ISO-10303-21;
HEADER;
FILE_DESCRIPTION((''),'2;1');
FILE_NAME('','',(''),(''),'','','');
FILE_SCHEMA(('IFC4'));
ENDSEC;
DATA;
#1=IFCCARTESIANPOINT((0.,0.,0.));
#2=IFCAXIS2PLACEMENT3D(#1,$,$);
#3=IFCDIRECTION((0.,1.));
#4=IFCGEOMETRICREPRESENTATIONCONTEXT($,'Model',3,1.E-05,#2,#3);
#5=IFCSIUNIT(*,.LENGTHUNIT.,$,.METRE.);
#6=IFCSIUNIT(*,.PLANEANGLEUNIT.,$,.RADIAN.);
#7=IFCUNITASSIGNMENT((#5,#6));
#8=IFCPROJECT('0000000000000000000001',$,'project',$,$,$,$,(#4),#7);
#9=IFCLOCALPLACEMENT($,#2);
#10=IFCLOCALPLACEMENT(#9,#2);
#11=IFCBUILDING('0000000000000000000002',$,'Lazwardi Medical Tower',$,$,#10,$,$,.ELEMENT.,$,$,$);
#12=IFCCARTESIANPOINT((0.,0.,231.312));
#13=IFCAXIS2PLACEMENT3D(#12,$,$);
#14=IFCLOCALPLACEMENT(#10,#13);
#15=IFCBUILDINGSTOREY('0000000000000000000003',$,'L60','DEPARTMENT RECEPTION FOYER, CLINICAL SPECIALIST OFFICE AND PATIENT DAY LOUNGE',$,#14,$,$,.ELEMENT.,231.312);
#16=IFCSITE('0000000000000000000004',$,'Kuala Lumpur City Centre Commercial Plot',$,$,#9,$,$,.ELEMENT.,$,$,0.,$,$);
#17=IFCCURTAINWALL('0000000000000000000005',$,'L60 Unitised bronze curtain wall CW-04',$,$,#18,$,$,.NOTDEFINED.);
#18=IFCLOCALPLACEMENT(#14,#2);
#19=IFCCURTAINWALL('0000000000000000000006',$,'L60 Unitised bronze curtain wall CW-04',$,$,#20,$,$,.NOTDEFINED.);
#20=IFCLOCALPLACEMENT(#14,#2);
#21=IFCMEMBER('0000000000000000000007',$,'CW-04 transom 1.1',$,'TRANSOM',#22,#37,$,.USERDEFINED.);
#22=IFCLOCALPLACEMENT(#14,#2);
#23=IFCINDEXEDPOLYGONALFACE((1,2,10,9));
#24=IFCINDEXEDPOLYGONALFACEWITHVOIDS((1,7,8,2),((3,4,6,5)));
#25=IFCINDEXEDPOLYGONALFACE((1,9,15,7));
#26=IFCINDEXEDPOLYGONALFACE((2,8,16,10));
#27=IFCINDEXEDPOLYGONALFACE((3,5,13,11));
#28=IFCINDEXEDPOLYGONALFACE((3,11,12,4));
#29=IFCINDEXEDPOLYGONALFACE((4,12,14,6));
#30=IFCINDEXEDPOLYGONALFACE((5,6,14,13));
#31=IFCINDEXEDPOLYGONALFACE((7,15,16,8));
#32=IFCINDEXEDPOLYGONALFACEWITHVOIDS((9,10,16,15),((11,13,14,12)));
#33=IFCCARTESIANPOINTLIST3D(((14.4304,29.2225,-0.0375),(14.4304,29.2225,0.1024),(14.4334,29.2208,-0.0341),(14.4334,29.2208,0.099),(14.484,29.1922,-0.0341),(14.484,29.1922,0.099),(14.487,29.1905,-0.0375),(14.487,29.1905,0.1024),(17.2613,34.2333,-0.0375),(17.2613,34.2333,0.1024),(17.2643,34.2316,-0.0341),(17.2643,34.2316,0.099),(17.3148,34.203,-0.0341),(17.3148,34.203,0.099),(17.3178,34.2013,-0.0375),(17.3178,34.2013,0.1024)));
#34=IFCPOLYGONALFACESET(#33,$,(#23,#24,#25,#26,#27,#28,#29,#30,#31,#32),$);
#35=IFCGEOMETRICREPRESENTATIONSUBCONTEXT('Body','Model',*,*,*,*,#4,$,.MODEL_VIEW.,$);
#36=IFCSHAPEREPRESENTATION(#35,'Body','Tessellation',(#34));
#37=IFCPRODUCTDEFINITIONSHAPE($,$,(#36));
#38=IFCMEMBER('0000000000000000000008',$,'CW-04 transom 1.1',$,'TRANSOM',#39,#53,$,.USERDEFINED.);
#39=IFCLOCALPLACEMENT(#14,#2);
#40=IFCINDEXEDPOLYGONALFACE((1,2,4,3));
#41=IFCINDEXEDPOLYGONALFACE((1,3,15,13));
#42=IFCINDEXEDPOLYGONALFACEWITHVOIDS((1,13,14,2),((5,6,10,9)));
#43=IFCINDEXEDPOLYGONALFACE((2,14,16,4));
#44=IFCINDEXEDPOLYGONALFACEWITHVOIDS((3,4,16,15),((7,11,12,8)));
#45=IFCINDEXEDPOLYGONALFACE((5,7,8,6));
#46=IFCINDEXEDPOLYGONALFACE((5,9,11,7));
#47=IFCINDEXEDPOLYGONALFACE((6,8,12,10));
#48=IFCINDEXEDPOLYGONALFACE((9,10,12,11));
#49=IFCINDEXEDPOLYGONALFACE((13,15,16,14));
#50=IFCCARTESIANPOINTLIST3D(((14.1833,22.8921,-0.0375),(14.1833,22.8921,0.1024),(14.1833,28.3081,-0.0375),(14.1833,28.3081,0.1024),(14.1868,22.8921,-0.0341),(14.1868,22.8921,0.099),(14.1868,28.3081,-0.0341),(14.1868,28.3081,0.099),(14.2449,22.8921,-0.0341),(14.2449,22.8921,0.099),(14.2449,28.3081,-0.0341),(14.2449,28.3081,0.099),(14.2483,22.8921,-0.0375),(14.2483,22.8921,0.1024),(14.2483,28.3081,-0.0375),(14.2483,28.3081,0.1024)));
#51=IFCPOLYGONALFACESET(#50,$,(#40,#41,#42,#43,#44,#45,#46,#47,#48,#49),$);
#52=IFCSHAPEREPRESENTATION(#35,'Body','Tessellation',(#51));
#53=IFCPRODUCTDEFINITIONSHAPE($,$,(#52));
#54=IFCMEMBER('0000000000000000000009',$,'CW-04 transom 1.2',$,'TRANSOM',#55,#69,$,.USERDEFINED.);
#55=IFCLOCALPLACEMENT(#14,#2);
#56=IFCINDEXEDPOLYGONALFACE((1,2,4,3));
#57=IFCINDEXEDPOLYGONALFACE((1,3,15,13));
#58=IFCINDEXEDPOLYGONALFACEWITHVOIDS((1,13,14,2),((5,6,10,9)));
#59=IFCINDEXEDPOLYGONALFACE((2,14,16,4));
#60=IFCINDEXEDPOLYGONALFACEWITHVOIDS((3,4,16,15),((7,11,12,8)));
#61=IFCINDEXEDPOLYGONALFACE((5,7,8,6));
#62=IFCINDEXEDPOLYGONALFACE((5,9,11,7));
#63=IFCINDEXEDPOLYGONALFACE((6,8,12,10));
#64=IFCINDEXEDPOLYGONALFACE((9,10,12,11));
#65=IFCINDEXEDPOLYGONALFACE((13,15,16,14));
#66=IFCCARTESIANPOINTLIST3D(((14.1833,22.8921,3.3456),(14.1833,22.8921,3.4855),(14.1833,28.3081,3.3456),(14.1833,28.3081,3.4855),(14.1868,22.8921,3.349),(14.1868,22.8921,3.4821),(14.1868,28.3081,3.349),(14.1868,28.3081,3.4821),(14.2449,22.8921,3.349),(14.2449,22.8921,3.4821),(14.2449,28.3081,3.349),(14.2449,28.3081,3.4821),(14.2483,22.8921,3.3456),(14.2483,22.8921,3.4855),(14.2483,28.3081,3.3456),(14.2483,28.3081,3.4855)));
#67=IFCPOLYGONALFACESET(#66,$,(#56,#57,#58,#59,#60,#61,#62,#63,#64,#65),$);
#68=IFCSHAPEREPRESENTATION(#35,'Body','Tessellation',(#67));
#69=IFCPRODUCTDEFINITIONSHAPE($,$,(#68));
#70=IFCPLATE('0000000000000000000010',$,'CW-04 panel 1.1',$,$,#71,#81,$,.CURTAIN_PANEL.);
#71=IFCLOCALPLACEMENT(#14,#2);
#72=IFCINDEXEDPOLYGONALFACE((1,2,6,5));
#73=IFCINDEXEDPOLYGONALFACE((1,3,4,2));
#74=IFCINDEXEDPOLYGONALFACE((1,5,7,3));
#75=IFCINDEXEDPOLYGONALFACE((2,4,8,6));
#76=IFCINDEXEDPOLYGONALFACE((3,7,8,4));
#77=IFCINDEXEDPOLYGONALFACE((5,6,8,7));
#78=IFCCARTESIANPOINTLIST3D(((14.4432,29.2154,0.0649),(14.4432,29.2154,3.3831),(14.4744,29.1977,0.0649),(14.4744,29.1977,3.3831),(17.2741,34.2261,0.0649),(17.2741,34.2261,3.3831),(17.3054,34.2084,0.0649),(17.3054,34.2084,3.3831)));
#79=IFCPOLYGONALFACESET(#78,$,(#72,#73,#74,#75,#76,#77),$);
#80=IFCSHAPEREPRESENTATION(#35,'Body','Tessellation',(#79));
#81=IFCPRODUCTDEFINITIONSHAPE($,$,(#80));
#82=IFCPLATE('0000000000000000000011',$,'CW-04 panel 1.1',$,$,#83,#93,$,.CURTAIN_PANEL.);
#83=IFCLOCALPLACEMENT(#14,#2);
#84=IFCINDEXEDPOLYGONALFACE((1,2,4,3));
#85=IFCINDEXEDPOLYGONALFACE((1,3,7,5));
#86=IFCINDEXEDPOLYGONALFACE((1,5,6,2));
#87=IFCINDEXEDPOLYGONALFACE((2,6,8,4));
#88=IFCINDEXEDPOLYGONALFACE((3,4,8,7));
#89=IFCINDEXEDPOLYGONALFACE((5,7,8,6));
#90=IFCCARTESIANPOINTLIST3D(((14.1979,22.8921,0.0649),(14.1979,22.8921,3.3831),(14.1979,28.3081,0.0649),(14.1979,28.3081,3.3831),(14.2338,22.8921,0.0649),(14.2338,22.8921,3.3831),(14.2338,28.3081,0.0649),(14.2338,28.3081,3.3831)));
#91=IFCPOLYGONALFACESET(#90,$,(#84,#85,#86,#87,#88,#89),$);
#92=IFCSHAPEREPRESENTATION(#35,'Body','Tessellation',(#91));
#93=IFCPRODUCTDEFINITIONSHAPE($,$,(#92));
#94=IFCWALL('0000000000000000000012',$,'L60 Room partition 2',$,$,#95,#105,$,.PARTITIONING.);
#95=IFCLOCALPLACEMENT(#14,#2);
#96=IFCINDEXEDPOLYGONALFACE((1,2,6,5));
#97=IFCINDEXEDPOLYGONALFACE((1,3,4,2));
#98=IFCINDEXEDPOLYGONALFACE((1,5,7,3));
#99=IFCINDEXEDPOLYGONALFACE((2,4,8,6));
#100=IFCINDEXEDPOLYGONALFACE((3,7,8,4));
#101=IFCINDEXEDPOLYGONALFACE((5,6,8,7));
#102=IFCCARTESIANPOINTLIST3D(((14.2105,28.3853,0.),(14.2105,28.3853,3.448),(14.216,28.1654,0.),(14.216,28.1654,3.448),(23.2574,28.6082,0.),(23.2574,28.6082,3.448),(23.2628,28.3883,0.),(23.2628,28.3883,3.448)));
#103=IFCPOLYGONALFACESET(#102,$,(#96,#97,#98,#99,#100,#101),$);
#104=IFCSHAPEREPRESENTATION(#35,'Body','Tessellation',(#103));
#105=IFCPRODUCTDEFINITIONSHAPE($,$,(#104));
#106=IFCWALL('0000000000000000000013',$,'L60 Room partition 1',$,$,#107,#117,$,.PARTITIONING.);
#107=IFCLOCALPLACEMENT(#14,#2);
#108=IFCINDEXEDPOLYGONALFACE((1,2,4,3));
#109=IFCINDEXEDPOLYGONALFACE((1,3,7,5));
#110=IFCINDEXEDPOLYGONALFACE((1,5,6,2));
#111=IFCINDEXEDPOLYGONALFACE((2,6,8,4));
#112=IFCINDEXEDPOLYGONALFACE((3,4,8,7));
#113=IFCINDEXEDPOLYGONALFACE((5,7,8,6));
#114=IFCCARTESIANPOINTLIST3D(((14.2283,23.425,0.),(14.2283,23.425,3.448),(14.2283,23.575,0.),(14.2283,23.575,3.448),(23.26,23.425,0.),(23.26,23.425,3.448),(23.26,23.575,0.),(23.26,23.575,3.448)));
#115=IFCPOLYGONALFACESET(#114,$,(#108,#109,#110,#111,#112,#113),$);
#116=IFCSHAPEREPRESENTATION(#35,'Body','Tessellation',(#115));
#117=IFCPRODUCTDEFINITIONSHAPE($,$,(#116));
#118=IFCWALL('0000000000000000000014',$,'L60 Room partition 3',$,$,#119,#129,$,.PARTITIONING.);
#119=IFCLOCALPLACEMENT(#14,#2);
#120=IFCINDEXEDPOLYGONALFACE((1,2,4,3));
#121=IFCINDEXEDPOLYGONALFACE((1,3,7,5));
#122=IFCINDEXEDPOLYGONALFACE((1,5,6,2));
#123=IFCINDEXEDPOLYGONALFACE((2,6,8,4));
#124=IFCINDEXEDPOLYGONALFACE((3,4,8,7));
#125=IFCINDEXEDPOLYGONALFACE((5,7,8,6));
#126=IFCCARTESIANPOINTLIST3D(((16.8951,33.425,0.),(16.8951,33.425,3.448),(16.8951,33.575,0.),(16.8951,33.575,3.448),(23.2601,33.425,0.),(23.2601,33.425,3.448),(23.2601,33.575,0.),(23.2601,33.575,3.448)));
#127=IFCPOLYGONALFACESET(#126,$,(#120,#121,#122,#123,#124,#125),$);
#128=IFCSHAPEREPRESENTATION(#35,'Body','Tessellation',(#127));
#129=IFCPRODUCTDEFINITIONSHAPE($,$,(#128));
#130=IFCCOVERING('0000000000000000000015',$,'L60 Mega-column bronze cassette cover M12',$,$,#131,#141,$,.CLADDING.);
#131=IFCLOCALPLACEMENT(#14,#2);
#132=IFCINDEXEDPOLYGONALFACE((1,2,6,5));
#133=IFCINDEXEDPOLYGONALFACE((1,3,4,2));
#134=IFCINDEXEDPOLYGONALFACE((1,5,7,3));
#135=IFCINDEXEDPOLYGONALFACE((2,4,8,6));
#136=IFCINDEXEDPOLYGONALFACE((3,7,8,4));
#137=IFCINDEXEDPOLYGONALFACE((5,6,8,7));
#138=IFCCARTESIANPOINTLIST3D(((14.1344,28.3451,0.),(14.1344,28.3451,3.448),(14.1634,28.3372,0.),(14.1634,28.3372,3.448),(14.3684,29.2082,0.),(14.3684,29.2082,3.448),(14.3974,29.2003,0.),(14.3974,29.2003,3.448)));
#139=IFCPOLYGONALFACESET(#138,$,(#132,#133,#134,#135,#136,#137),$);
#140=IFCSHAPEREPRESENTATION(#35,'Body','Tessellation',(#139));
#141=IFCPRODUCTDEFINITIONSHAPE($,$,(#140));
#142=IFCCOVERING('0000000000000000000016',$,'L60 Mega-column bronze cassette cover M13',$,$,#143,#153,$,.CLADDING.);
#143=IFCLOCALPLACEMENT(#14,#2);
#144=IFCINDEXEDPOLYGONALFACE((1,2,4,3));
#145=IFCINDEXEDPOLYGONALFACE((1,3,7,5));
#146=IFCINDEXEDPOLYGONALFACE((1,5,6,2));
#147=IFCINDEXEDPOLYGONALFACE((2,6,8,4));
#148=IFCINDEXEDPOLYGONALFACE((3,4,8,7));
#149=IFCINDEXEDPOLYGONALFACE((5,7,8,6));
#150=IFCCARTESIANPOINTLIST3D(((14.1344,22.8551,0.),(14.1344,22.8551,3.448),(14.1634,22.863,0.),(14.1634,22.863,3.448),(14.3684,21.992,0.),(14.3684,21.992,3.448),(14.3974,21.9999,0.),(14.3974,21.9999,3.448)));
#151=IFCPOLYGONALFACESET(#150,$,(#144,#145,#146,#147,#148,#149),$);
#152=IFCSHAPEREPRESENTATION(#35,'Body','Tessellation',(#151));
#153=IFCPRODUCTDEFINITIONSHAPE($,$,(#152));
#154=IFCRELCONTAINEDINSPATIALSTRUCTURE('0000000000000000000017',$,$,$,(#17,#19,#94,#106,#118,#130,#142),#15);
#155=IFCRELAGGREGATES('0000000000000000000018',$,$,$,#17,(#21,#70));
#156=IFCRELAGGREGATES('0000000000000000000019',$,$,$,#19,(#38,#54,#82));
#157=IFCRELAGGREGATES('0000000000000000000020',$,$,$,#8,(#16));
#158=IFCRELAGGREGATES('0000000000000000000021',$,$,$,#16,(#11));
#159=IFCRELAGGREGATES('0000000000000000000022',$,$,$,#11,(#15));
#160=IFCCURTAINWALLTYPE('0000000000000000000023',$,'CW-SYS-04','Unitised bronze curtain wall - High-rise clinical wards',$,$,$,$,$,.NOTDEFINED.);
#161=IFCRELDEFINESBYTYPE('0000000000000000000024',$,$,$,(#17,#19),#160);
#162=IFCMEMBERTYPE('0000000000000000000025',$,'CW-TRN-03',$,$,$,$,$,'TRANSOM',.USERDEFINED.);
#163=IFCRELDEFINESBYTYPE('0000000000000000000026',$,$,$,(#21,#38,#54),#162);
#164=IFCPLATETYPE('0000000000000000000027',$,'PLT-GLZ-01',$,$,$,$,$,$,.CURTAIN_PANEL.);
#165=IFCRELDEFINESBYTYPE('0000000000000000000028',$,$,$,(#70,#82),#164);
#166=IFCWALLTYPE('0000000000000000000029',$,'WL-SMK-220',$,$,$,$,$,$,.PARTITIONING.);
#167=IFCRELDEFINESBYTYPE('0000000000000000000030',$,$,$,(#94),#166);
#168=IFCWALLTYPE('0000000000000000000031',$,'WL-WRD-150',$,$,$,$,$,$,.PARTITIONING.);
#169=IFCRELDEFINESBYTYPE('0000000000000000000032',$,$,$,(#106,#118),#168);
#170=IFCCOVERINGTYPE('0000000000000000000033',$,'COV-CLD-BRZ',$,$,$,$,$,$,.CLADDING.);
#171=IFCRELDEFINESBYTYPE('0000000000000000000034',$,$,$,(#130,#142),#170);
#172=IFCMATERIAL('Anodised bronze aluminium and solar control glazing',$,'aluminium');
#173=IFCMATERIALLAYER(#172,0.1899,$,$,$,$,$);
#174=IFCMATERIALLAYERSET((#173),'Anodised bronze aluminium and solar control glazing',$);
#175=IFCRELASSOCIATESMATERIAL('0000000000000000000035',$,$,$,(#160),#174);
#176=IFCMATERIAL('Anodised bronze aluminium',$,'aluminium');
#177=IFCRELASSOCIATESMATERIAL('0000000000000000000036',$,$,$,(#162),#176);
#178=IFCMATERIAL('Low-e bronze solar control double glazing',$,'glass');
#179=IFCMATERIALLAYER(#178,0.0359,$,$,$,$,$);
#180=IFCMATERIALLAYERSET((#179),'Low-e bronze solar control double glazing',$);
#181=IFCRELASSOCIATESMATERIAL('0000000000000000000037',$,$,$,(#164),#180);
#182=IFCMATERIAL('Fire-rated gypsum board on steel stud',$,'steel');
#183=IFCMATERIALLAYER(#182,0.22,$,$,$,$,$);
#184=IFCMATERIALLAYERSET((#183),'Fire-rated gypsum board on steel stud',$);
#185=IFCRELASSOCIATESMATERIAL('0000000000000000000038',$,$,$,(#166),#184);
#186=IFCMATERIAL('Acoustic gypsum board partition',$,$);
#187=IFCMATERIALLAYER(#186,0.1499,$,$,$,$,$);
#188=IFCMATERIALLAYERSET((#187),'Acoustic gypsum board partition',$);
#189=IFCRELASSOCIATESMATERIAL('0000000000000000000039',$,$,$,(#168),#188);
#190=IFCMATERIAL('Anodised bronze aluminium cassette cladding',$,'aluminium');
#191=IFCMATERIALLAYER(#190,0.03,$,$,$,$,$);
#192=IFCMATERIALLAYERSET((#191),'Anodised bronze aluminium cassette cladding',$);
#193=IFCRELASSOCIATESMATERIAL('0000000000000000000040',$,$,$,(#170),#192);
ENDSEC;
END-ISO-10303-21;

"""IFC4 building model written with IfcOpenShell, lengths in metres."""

from ifc_helpers import new_model, si_unit, direction, frame, frame_2d, origin, origin_2d, place, context, subcontext, project, spatial, rectangle, hollow_rectangle, extrude, material, layer, layer_set, material_profile, profile_set, type_object, element, aggregate, save


model = new_model("IFC4")

# Units and contexts
model_context = context("Model", 3, precision=1e-05, world=origin(), true_north=direction((0.0, 1.0)))
body_context = subcontext(model_context, "Body", "Model", "MODEL_VIEW")
ifc_project = project(units=[si_unit("LENGTHUNIT", "METRE"), si_unit("PLANEANGLEUNIT", "RADIAN")], contexts=[model_context])

# Site, building, storey
site_placement = place(None, origin())
site = spatial("IfcSite", under=ifc_project, at=site_placement, Name="Kuala Lumpur City Centre Commercial Plot", CompositionType="ELEMENT", RefElevation=0.0)
building_placement = place(site_placement, origin())
building = spatial("IfcBuilding", under=site, at=building_placement, Name="Lazwardi Medical Tower", CompositionType="ELEMENT")
storey_placement = place(building_placement, frame((0.0, 0.0, 231.312)))
storey = spatial("IfcBuildingStorey", under=building, at=storey_placement, Name="L60", Description="DEPARTMENT RECEPTION FOYER, CLINICAL SPECIALIST OFFICE AND PATIENT DAY LOUNGE", CompositionType="ELEMENT", Elevation=231.312)

# Curtain wall
ifc_material_1 = material(Name="Anodised bronze aluminium and solar control glazing", Category="aluminium")
ifc_layer_1 = layer(ifc_material_1, 0.1899)
ifc_layer_set_1 = layer_set([ifc_layer_1], Name="Anodised bronze aluminium and solar control glazing")
curtain_wall_type = type_object("IfcCurtainWallType", Name="CW-SYS-04", Description="Unitised bronze curtain wall - High-rise clinical wards", PredefinedType="NOTDEFINED", material=ifc_layer_set_1)
curtain_wall_1_placement = place(storey_placement, origin())
curtain_wall_1 = element("IfcCurtainWall", 1, at=curtain_wall_1_placement, inside=storey, type_object=curtain_wall_type, Name="L60 Unitised bronze curtain wall CW-04", PredefinedType="NOTDEFINED")
ifc_material_2 = material(Name="Anodised bronze aluminium", Category="aluminium")

# Curtain wall
curtain_wall_2_placement = place(storey_placement, origin())
curtain_wall_2 = element("IfcCurtainWall", 2, at=curtain_wall_2_placement, inside=storey, type_object=curtain_wall_type, Name="L60 Unitised bronze curtain wall CW-04", PredefinedType="NOTDEFINED")

# Members
ifc_material_profile_1 = material_profile(ifc_material_2, hollow_rectangle(XDim=0.0649, YDim=0.1399, WallThickness=0.0034, at=origin_2d()), Name="ALU-TRANSOM 140x65x3.5")
ifc_profile_set_1 = profile_set([ifc_material_profile_1], Name="Anodised bronze aluminium")
member_type_1 = type_object("IfcMemberType", Name="CW-TRN-03", ElementType="TRANSOM", PredefinedType="USERDEFINED", material=ifc_profile_set_1)
member_1_placement = place(storey_placement, frame((17.2896, 34.2173, 0.0325), z_axis=(-0.49188, -0.870663, 0.0), x_axis=(0.870663, -0.49188, 0.0)))
member_1 = element("IfcMember", 3, at=member_1_placement, type_object=member_type_1, Name="CW-04 transom 1.1", ObjectType="TRANSOM", PredefinedType="USERDEFINED", context=body_context, shape_type="SweptSolid", body=[
    extrude(hollow_rectangle(XDim=0.0649, YDim=0.1399, WallThickness=0.0034, at=origin_2d()), origin(), (0.0, 0.0, 1.0), 5.7551),
])
member_2_placement = place(storey_placement, frame((14.2158, 28.3081, 0.0325), z_axis=(0.0, -1.0, 0.0), x_axis=(1.0, 0.0, 0.0)))
member_2 = element("IfcMember", 4, at=member_2_placement, type_object=member_type_1, Name="CW-04 transom 1.1", ObjectType="TRANSOM", PredefinedType="USERDEFINED", context=body_context, shape_type="SweptSolid", body=[
    extrude(hollow_rectangle(XDim=0.0649, YDim=0.1399, WallThickness=0.0034, at=origin_2d()), origin(), (0.0, 0.0, 1.0), 5.416),
])
member_3_placement = place(storey_placement, frame((14.2158, 28.3081, 3.4155), z_axis=(0.0, -1.0, 0.0), x_axis=(1.0, 0.0, 0.0)))
member_3 = element("IfcMember", 5, at=member_3_placement, type_object=member_type_1, Name="CW-04 transom 1.2", ObjectType="TRANSOM", PredefinedType="USERDEFINED", context=body_context, shape_type="SweptSolid", body=[
    extrude(hollow_rectangle(XDim=0.0649, YDim=0.1399, WallThickness=0.0034, at=origin_2d()), origin(), (0.0, 0.0, 1.0), 5.416),
])

# Plates
ifc_material_3 = material(Name="Low-e bronze solar control double glazing", Category="glass")
ifc_layer_2 = layer(ifc_material_3, 0.0359)
ifc_layer_set_2 = layer_set([ifc_layer_2], Name="Low-e bronze solar control double glazing")
plate_type = type_object("IfcPlateType", Name="PLT-GLZ-01", PredefinedType="CURTAIN_PANEL", material=ifc_layer_set_2)
plate_1_placement = place(storey_placement, frame((15.8743, 31.7119, 0.0649), z_axis=(0.0, 0.0, 1.0), x_axis=(-0.4919, -0.870651, 0.0)))
plate_1 = element("IfcPlate", 6, at=plate_1_placement, type_object=plate_type, Name="CW-04 panel 1.1", PredefinedType="CURTAIN_PANEL", context=body_context, shape_type="SweptSolid", body=[
    extrude(rectangle(XDim=5.7551, YDim=0.0359, at=origin_2d()), origin(), (0.0, 0.0, 1.0), 3.3181),
])
aggregate(curtain_wall_1, [member_1, plate_1])
plate_2_placement = place(storey_placement, frame((14.2158, 25.6001, 0.0649), z_axis=(0.0, 0.0, 1.0), x_axis=(0.0, -1.0, 0.0)))
plate_2 = element("IfcPlate", 7, at=plate_2_placement, type_object=plate_type, Name="CW-04 panel 1.1", PredefinedType="CURTAIN_PANEL", context=body_context, shape_type="SweptSolid", body=[
    extrude(rectangle(XDim=5.416, YDim=0.0359, at=origin_2d()), origin(), (0.0, 0.0, 1.0), 3.3181),
])
aggregate(curtain_wall_2, [member_2, member_3, plate_2])

# Walls
ifc_material_4 = material(Name="Fire-rated gypsum board on steel stud", Category="steel")
ifc_layer_3 = layer(ifc_material_4, 0.22)
ifc_layer_set_3 = layer_set([ifc_layer_3], Name="Fire-rated gypsum board on steel stud")
wall_type_1 = type_object("IfcWallType", Name="WL-SMK-220", PredefinedType="PARTITIONING", material=ifc_layer_set_3)
wall_1_placement = place(storey_placement, frame((14.2131, 28.2754, 0.0), z_axis=(0.0, 0.0, 1.0), x_axis=(0.999697, 0.024631, 0.0)))
element("IfcWall", 8, at=wall_1_placement, inside=storey, type_object=wall_type_1, Name="L60 Room partition 2", PredefinedType="PARTITIONING", context=body_context, shape_type="SweptSolid", body=[
    extrude(rectangle(XDim=9.0496, YDim=0.22, at=frame_2d((4.5249, 0.0))), origin(), (0.0, 0.0, 1.0), 3.448),
])
ifc_material_5 = material(Name="Acoustic gypsum board partition")
ifc_layer_4 = layer(ifc_material_5, 0.1499)
ifc_layer_set_4 = layer_set([ifc_layer_4], Name="Acoustic gypsum board partition")
wall_type_2 = type_object("IfcWallType", Name="WL-WRD-150", PredefinedType="PARTITIONING", material=ifc_layer_set_4)
wall_2_placement = place(storey_placement, frame((14.2283, 23.5, 0.0), z_axis=(0.0, 0.0, 1.0), x_axis=(1.0, 0.0, 0.0)))
element("IfcWall", 9, at=wall_2_placement, inside=storey, type_object=wall_type_2, Name="L60 Room partition 1", PredefinedType="PARTITIONING", context=body_context, shape_type="SweptSolid", body=[
    extrude(rectangle(XDim=9.0317, YDim=0.1499, at=frame_2d((4.5159, 0.0))), origin(), (0.0, 0.0, 1.0), 3.448),
])
wall_3_placement = place(storey_placement, frame((16.895, 33.5, 0.0), z_axis=(0.0, 0.0, 1.0), x_axis=(1.0, 0.0, 0.0)))
element("IfcWall", 10, at=wall_3_placement, inside=storey, type_object=wall_type_2, Name="L60 Room partition 3", PredefinedType="PARTITIONING", context=body_context, shape_type="SweptSolid", body=[
    extrude(rectangle(XDim=6.365, YDim=0.1499, at=frame_2d((3.1826, 0.0))), origin(), (0.0, 0.0, 1.0), 3.448),
])

# Coverings
ifc_material_6 = material(Name="Anodised bronze aluminium cassette cladding", Category="aluminium")
ifc_layer_5 = layer(ifc_material_6, 0.03)
ifc_layer_set_5 = layer_set([ifc_layer_5], Name="Anodised bronze aluminium cassette cladding")
covering_type = type_object("IfcCoveringType", Name="COV-CLD-BRZ", PredefinedType="CLADDING", material=ifc_layer_set_5)
for number, where, z_axis, x_axis, name in (
    (11, (14.2659, 28.7727, 0.0), (0.0, 0.0, 1.0), (-0.261642, -0.965165, 0.0), "L60 Mega-column bronze cassette cover M12"),
    (12, (14.2659, 22.4275, 0.0), (0.0, 0.0, 1.0), (0.261642, -0.965165, 0.0), "L60 Mega-column bronze cassette cover M13"),
):
    element("IfcCovering", number, at=place(storey_placement, frame(where, z_axis=z_axis, x_axis=x_axis)), inside=storey, type_object=covering_type, Name=name, PredefinedType="CLADDING", context=body_context, shape_type="SweptSolid", body=[
        extrude(rectangle(XDim=0.8943, YDim=0.03, at=origin_2d()), origin(), (0.0, 0.0, 1.0), 3.448),
    ])

save(model, "model.ifc")
